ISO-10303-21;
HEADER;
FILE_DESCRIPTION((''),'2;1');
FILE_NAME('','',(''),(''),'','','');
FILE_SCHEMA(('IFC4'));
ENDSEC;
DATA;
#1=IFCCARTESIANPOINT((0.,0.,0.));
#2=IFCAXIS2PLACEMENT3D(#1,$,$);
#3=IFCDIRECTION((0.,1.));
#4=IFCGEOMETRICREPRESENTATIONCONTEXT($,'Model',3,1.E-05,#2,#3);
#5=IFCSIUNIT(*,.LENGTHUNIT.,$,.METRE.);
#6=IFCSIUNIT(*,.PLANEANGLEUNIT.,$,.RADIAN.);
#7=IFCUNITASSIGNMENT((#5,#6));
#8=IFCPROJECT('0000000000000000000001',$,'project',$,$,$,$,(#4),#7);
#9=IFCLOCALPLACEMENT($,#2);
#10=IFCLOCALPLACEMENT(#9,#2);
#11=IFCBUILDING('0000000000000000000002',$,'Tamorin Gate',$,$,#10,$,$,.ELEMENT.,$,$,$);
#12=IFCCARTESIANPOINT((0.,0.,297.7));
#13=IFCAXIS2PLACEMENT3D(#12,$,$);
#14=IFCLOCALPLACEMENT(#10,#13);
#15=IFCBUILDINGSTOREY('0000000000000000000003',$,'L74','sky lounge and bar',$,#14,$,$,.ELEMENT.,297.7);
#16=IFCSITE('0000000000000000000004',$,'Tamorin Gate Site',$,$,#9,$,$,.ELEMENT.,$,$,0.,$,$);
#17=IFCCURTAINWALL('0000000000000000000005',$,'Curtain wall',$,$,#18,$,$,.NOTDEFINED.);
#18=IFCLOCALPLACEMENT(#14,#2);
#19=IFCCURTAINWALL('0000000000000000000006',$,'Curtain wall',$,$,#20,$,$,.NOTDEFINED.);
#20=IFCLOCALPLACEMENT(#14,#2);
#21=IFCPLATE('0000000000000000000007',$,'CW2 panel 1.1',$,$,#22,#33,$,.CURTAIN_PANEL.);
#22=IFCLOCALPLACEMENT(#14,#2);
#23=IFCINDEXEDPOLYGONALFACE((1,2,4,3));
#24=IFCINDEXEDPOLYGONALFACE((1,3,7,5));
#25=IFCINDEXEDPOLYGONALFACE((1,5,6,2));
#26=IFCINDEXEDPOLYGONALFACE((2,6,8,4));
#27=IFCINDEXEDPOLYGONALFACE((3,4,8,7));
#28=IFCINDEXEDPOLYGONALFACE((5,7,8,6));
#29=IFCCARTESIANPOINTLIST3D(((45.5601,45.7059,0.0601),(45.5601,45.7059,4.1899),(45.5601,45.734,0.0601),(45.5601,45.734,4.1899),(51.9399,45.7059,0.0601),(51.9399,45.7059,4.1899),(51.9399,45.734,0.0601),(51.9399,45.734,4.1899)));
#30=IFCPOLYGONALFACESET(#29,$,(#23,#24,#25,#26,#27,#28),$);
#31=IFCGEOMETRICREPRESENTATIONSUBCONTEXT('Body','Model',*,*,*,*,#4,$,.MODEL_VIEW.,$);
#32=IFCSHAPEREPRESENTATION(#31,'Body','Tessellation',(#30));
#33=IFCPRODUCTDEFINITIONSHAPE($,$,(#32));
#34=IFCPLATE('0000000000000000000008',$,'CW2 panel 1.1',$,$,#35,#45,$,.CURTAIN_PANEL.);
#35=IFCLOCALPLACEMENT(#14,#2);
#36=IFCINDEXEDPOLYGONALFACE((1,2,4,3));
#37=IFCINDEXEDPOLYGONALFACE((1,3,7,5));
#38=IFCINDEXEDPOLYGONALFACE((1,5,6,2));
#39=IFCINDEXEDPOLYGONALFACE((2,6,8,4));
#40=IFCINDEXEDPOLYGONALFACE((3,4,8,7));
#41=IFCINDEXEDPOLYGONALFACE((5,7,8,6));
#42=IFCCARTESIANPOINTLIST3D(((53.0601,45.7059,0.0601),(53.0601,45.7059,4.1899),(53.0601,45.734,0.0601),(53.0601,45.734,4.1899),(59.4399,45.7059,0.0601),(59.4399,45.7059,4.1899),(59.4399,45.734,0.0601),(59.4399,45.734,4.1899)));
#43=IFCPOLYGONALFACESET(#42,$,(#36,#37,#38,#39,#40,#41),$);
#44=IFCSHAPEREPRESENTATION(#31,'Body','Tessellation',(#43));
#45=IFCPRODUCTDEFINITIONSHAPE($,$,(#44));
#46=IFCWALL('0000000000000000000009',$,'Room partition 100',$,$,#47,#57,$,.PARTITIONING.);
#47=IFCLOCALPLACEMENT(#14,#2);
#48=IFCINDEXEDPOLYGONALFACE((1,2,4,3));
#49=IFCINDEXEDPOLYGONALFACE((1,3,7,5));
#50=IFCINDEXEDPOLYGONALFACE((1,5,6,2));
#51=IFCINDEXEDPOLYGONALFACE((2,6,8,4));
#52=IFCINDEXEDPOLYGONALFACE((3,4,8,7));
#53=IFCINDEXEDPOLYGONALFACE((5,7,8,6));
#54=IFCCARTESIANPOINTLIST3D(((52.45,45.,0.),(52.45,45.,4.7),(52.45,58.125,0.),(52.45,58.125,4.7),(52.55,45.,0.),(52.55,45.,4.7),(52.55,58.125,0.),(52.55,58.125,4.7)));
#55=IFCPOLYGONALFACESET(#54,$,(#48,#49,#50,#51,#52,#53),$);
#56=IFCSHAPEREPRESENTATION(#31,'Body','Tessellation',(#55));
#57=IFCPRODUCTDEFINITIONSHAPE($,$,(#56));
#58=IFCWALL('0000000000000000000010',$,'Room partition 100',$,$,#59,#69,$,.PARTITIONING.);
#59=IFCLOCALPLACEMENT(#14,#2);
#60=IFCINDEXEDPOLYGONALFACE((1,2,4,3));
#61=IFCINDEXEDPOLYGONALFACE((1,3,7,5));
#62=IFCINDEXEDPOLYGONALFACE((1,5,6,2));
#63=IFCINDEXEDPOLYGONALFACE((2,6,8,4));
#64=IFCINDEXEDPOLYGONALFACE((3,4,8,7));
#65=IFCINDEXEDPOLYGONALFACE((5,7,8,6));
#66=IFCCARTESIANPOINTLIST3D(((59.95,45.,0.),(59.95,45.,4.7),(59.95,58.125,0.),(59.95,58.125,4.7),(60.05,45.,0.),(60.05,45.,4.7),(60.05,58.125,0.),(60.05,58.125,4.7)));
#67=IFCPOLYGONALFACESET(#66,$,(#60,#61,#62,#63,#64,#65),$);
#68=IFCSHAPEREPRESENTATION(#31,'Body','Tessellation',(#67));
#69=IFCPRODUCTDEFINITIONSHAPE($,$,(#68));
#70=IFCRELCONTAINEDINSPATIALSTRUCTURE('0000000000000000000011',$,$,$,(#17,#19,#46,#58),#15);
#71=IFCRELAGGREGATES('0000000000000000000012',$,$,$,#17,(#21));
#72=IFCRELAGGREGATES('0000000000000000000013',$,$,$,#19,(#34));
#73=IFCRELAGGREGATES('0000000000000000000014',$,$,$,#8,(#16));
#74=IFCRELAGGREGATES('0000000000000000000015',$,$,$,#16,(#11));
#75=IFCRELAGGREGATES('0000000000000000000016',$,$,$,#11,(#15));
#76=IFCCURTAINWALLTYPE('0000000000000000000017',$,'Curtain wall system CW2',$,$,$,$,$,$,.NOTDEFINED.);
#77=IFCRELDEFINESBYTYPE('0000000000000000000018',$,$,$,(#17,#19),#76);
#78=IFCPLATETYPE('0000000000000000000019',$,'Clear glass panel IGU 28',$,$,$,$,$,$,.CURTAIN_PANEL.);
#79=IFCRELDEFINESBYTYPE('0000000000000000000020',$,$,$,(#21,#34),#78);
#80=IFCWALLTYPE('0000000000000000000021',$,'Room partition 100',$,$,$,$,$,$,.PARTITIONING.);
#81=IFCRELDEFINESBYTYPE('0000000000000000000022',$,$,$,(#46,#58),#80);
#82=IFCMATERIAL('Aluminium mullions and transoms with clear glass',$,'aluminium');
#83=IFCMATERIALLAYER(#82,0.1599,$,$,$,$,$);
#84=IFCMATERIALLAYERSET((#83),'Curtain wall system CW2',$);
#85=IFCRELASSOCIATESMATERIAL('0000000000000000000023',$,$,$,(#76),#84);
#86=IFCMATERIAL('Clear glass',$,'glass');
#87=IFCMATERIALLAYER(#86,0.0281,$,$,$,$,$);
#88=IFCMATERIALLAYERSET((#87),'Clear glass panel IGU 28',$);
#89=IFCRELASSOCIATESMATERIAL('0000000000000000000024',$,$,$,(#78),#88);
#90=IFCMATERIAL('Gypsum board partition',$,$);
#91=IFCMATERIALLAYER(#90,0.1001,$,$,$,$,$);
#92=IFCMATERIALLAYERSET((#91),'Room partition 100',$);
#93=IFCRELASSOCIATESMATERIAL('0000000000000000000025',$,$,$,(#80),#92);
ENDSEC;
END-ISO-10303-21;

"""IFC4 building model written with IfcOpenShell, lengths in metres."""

from ifc_helpers import new_model, si_unit, direction, frame, frame_2d, origin, origin_2d, place, context, subcontext, project, spatial, rectangle, extrude, material, layer, layer_set, type_object, element, aggregate, save


model = new_model("IFC4")

# Units and contexts
model_context = context("Model", 3, precision=1e-05, world=origin(), true_north=direction((0.0, 1.0)))
body_context = subcontext(model_context, "Body", "Model", "MODEL_VIEW")
ifc_project = project(units=[si_unit("LENGTHUNIT", "METRE"), si_unit("PLANEANGLEUNIT", "RADIAN")], contexts=[model_context])

# Site, building, storey
site_placement = place(None, origin())
site = spatial("IfcSite", under=ifc_project, at=site_placement, Name="Tamorin Gate Site", CompositionType="ELEMENT", RefElevation=0.0)
building_placement = place(site_placement, origin())
building = spatial("IfcBuilding", under=site, at=building_placement, Name="Tamorin Gate", CompositionType="ELEMENT")
storey_placement = place(building_placement, frame((0.0, 0.0, 297.7)))
storey = spatial("IfcBuildingStorey", under=building, at=storey_placement, Name="L74", Description="sky lounge and bar", CompositionType="ELEMENT", Elevation=297.7)

# Curtain wall
ifc_material_1 = material(Name="Aluminium mullions and transoms with clear glass", Category="aluminium")
ifc_layer_1 = layer(ifc_material_1, 0.1599)
ifc_layer_set_1 = layer_set([ifc_layer_1], Name="Curtain wall system CW2")
curtain_wall_type = type_object("IfcCurtainWallType", Name="Curtain wall system CW2", PredefinedType="NOTDEFINED", material=ifc_layer_set_1)
curtain_wall_1_placement = place(storey_placement, origin())
curtain_wall_1 = element("IfcCurtainWall", 1, at=curtain_wall_1_placement, inside=storey, type_object=curtain_wall_type, Name="Curtain wall", PredefinedType="NOTDEFINED")

# Curtain wall
curtain_wall_2_placement = place(storey_placement, origin())
curtain_wall_2 = element("IfcCurtainWall", 2, at=curtain_wall_2_placement, inside=storey, type_object=curtain_wall_type, Name="Curtain wall", PredefinedType="NOTDEFINED")

# Plates
ifc_material_2 = material(Name="Clear glass", Category="glass")
ifc_layer_2 = layer(ifc_material_2, 0.0281)
ifc_layer_set_2 = layer_set([ifc_layer_2], Name="Clear glass panel IGU 28")
plate_type = type_object("IfcPlateType", Name="Clear glass panel IGU 28", PredefinedType="CURTAIN_PANEL", material=ifc_layer_set_2)
plate_1_placement = place(storey_placement, frame((48.75, 45.72, 0.0601), z_axis=(0.0, 0.0, 1.0), x_axis=(1.0, 0.0, 0.0)))
plate_1 = element("IfcPlate", 3, at=plate_1_placement, type_object=plate_type, Name="CW2 panel 1.1", PredefinedType="CURTAIN_PANEL", context=body_context, shape_type="SweptSolid", body=[
    extrude(rectangle(XDim=6.3799, YDim=0.0281, at=origin_2d()), origin(), (0.0, 0.0, 1.0), 4.1299),
])
aggregate(curtain_wall_1, [plate_1])
plate_2_placement = place(storey_placement, frame((56.25, 45.72, 0.0601), z_axis=(0.0, 0.0, 1.0), x_axis=(1.0, 0.0, 0.0)))
plate_2 = element("IfcPlate", 4, at=plate_2_placement, type_object=plate_type, Name="CW2 panel 1.1", PredefinedType="CURTAIN_PANEL", context=body_context, shape_type="SweptSolid", body=[
    extrude(rectangle(XDim=6.3799, YDim=0.0281, at=origin_2d()), origin(), (0.0, 0.0, 1.0), 4.1299),
])
aggregate(curtain_wall_2, [plate_2])

# Walls
ifc_material_3 = material(Name="Gypsum board partition")
ifc_layer_3 = layer(ifc_material_3, 0.1001)
ifc_layer_set_3 = layer_set([ifc_layer_3], Name="Room partition 100")
wall_type = type_object("IfcWallType", Name="Room partition 100", PredefinedType="PARTITIONING", material=ifc_layer_set_3)
for number, where, z_axis, x_axis, name in (
    (5, (52.5, 45.0, 0.0), (0.0, 0.0, 1.0), (0.0, 1.0, 0.0), "Room partition 100"),
    (6, (60.0, 45.0, 0.0), (0.0, 0.0, 1.0), (0.0, 1.0, 0.0), "Room partition 100"),
):
    element("IfcWall", number, at=place(storey_placement, frame(where, z_axis=z_axis, x_axis=x_axis)), inside=storey, type_object=wall_type, Name=name, PredefinedType="PARTITIONING", context=body_context, shape_type="SweptSolid", body=[
        extrude(rectangle(XDim=13.125, YDim=0.1001, at=frame_2d((6.5625, 0.0))), origin(), (0.0, 0.0, 1.0), 4.7),
    ])

save(model, "model.ifc")
